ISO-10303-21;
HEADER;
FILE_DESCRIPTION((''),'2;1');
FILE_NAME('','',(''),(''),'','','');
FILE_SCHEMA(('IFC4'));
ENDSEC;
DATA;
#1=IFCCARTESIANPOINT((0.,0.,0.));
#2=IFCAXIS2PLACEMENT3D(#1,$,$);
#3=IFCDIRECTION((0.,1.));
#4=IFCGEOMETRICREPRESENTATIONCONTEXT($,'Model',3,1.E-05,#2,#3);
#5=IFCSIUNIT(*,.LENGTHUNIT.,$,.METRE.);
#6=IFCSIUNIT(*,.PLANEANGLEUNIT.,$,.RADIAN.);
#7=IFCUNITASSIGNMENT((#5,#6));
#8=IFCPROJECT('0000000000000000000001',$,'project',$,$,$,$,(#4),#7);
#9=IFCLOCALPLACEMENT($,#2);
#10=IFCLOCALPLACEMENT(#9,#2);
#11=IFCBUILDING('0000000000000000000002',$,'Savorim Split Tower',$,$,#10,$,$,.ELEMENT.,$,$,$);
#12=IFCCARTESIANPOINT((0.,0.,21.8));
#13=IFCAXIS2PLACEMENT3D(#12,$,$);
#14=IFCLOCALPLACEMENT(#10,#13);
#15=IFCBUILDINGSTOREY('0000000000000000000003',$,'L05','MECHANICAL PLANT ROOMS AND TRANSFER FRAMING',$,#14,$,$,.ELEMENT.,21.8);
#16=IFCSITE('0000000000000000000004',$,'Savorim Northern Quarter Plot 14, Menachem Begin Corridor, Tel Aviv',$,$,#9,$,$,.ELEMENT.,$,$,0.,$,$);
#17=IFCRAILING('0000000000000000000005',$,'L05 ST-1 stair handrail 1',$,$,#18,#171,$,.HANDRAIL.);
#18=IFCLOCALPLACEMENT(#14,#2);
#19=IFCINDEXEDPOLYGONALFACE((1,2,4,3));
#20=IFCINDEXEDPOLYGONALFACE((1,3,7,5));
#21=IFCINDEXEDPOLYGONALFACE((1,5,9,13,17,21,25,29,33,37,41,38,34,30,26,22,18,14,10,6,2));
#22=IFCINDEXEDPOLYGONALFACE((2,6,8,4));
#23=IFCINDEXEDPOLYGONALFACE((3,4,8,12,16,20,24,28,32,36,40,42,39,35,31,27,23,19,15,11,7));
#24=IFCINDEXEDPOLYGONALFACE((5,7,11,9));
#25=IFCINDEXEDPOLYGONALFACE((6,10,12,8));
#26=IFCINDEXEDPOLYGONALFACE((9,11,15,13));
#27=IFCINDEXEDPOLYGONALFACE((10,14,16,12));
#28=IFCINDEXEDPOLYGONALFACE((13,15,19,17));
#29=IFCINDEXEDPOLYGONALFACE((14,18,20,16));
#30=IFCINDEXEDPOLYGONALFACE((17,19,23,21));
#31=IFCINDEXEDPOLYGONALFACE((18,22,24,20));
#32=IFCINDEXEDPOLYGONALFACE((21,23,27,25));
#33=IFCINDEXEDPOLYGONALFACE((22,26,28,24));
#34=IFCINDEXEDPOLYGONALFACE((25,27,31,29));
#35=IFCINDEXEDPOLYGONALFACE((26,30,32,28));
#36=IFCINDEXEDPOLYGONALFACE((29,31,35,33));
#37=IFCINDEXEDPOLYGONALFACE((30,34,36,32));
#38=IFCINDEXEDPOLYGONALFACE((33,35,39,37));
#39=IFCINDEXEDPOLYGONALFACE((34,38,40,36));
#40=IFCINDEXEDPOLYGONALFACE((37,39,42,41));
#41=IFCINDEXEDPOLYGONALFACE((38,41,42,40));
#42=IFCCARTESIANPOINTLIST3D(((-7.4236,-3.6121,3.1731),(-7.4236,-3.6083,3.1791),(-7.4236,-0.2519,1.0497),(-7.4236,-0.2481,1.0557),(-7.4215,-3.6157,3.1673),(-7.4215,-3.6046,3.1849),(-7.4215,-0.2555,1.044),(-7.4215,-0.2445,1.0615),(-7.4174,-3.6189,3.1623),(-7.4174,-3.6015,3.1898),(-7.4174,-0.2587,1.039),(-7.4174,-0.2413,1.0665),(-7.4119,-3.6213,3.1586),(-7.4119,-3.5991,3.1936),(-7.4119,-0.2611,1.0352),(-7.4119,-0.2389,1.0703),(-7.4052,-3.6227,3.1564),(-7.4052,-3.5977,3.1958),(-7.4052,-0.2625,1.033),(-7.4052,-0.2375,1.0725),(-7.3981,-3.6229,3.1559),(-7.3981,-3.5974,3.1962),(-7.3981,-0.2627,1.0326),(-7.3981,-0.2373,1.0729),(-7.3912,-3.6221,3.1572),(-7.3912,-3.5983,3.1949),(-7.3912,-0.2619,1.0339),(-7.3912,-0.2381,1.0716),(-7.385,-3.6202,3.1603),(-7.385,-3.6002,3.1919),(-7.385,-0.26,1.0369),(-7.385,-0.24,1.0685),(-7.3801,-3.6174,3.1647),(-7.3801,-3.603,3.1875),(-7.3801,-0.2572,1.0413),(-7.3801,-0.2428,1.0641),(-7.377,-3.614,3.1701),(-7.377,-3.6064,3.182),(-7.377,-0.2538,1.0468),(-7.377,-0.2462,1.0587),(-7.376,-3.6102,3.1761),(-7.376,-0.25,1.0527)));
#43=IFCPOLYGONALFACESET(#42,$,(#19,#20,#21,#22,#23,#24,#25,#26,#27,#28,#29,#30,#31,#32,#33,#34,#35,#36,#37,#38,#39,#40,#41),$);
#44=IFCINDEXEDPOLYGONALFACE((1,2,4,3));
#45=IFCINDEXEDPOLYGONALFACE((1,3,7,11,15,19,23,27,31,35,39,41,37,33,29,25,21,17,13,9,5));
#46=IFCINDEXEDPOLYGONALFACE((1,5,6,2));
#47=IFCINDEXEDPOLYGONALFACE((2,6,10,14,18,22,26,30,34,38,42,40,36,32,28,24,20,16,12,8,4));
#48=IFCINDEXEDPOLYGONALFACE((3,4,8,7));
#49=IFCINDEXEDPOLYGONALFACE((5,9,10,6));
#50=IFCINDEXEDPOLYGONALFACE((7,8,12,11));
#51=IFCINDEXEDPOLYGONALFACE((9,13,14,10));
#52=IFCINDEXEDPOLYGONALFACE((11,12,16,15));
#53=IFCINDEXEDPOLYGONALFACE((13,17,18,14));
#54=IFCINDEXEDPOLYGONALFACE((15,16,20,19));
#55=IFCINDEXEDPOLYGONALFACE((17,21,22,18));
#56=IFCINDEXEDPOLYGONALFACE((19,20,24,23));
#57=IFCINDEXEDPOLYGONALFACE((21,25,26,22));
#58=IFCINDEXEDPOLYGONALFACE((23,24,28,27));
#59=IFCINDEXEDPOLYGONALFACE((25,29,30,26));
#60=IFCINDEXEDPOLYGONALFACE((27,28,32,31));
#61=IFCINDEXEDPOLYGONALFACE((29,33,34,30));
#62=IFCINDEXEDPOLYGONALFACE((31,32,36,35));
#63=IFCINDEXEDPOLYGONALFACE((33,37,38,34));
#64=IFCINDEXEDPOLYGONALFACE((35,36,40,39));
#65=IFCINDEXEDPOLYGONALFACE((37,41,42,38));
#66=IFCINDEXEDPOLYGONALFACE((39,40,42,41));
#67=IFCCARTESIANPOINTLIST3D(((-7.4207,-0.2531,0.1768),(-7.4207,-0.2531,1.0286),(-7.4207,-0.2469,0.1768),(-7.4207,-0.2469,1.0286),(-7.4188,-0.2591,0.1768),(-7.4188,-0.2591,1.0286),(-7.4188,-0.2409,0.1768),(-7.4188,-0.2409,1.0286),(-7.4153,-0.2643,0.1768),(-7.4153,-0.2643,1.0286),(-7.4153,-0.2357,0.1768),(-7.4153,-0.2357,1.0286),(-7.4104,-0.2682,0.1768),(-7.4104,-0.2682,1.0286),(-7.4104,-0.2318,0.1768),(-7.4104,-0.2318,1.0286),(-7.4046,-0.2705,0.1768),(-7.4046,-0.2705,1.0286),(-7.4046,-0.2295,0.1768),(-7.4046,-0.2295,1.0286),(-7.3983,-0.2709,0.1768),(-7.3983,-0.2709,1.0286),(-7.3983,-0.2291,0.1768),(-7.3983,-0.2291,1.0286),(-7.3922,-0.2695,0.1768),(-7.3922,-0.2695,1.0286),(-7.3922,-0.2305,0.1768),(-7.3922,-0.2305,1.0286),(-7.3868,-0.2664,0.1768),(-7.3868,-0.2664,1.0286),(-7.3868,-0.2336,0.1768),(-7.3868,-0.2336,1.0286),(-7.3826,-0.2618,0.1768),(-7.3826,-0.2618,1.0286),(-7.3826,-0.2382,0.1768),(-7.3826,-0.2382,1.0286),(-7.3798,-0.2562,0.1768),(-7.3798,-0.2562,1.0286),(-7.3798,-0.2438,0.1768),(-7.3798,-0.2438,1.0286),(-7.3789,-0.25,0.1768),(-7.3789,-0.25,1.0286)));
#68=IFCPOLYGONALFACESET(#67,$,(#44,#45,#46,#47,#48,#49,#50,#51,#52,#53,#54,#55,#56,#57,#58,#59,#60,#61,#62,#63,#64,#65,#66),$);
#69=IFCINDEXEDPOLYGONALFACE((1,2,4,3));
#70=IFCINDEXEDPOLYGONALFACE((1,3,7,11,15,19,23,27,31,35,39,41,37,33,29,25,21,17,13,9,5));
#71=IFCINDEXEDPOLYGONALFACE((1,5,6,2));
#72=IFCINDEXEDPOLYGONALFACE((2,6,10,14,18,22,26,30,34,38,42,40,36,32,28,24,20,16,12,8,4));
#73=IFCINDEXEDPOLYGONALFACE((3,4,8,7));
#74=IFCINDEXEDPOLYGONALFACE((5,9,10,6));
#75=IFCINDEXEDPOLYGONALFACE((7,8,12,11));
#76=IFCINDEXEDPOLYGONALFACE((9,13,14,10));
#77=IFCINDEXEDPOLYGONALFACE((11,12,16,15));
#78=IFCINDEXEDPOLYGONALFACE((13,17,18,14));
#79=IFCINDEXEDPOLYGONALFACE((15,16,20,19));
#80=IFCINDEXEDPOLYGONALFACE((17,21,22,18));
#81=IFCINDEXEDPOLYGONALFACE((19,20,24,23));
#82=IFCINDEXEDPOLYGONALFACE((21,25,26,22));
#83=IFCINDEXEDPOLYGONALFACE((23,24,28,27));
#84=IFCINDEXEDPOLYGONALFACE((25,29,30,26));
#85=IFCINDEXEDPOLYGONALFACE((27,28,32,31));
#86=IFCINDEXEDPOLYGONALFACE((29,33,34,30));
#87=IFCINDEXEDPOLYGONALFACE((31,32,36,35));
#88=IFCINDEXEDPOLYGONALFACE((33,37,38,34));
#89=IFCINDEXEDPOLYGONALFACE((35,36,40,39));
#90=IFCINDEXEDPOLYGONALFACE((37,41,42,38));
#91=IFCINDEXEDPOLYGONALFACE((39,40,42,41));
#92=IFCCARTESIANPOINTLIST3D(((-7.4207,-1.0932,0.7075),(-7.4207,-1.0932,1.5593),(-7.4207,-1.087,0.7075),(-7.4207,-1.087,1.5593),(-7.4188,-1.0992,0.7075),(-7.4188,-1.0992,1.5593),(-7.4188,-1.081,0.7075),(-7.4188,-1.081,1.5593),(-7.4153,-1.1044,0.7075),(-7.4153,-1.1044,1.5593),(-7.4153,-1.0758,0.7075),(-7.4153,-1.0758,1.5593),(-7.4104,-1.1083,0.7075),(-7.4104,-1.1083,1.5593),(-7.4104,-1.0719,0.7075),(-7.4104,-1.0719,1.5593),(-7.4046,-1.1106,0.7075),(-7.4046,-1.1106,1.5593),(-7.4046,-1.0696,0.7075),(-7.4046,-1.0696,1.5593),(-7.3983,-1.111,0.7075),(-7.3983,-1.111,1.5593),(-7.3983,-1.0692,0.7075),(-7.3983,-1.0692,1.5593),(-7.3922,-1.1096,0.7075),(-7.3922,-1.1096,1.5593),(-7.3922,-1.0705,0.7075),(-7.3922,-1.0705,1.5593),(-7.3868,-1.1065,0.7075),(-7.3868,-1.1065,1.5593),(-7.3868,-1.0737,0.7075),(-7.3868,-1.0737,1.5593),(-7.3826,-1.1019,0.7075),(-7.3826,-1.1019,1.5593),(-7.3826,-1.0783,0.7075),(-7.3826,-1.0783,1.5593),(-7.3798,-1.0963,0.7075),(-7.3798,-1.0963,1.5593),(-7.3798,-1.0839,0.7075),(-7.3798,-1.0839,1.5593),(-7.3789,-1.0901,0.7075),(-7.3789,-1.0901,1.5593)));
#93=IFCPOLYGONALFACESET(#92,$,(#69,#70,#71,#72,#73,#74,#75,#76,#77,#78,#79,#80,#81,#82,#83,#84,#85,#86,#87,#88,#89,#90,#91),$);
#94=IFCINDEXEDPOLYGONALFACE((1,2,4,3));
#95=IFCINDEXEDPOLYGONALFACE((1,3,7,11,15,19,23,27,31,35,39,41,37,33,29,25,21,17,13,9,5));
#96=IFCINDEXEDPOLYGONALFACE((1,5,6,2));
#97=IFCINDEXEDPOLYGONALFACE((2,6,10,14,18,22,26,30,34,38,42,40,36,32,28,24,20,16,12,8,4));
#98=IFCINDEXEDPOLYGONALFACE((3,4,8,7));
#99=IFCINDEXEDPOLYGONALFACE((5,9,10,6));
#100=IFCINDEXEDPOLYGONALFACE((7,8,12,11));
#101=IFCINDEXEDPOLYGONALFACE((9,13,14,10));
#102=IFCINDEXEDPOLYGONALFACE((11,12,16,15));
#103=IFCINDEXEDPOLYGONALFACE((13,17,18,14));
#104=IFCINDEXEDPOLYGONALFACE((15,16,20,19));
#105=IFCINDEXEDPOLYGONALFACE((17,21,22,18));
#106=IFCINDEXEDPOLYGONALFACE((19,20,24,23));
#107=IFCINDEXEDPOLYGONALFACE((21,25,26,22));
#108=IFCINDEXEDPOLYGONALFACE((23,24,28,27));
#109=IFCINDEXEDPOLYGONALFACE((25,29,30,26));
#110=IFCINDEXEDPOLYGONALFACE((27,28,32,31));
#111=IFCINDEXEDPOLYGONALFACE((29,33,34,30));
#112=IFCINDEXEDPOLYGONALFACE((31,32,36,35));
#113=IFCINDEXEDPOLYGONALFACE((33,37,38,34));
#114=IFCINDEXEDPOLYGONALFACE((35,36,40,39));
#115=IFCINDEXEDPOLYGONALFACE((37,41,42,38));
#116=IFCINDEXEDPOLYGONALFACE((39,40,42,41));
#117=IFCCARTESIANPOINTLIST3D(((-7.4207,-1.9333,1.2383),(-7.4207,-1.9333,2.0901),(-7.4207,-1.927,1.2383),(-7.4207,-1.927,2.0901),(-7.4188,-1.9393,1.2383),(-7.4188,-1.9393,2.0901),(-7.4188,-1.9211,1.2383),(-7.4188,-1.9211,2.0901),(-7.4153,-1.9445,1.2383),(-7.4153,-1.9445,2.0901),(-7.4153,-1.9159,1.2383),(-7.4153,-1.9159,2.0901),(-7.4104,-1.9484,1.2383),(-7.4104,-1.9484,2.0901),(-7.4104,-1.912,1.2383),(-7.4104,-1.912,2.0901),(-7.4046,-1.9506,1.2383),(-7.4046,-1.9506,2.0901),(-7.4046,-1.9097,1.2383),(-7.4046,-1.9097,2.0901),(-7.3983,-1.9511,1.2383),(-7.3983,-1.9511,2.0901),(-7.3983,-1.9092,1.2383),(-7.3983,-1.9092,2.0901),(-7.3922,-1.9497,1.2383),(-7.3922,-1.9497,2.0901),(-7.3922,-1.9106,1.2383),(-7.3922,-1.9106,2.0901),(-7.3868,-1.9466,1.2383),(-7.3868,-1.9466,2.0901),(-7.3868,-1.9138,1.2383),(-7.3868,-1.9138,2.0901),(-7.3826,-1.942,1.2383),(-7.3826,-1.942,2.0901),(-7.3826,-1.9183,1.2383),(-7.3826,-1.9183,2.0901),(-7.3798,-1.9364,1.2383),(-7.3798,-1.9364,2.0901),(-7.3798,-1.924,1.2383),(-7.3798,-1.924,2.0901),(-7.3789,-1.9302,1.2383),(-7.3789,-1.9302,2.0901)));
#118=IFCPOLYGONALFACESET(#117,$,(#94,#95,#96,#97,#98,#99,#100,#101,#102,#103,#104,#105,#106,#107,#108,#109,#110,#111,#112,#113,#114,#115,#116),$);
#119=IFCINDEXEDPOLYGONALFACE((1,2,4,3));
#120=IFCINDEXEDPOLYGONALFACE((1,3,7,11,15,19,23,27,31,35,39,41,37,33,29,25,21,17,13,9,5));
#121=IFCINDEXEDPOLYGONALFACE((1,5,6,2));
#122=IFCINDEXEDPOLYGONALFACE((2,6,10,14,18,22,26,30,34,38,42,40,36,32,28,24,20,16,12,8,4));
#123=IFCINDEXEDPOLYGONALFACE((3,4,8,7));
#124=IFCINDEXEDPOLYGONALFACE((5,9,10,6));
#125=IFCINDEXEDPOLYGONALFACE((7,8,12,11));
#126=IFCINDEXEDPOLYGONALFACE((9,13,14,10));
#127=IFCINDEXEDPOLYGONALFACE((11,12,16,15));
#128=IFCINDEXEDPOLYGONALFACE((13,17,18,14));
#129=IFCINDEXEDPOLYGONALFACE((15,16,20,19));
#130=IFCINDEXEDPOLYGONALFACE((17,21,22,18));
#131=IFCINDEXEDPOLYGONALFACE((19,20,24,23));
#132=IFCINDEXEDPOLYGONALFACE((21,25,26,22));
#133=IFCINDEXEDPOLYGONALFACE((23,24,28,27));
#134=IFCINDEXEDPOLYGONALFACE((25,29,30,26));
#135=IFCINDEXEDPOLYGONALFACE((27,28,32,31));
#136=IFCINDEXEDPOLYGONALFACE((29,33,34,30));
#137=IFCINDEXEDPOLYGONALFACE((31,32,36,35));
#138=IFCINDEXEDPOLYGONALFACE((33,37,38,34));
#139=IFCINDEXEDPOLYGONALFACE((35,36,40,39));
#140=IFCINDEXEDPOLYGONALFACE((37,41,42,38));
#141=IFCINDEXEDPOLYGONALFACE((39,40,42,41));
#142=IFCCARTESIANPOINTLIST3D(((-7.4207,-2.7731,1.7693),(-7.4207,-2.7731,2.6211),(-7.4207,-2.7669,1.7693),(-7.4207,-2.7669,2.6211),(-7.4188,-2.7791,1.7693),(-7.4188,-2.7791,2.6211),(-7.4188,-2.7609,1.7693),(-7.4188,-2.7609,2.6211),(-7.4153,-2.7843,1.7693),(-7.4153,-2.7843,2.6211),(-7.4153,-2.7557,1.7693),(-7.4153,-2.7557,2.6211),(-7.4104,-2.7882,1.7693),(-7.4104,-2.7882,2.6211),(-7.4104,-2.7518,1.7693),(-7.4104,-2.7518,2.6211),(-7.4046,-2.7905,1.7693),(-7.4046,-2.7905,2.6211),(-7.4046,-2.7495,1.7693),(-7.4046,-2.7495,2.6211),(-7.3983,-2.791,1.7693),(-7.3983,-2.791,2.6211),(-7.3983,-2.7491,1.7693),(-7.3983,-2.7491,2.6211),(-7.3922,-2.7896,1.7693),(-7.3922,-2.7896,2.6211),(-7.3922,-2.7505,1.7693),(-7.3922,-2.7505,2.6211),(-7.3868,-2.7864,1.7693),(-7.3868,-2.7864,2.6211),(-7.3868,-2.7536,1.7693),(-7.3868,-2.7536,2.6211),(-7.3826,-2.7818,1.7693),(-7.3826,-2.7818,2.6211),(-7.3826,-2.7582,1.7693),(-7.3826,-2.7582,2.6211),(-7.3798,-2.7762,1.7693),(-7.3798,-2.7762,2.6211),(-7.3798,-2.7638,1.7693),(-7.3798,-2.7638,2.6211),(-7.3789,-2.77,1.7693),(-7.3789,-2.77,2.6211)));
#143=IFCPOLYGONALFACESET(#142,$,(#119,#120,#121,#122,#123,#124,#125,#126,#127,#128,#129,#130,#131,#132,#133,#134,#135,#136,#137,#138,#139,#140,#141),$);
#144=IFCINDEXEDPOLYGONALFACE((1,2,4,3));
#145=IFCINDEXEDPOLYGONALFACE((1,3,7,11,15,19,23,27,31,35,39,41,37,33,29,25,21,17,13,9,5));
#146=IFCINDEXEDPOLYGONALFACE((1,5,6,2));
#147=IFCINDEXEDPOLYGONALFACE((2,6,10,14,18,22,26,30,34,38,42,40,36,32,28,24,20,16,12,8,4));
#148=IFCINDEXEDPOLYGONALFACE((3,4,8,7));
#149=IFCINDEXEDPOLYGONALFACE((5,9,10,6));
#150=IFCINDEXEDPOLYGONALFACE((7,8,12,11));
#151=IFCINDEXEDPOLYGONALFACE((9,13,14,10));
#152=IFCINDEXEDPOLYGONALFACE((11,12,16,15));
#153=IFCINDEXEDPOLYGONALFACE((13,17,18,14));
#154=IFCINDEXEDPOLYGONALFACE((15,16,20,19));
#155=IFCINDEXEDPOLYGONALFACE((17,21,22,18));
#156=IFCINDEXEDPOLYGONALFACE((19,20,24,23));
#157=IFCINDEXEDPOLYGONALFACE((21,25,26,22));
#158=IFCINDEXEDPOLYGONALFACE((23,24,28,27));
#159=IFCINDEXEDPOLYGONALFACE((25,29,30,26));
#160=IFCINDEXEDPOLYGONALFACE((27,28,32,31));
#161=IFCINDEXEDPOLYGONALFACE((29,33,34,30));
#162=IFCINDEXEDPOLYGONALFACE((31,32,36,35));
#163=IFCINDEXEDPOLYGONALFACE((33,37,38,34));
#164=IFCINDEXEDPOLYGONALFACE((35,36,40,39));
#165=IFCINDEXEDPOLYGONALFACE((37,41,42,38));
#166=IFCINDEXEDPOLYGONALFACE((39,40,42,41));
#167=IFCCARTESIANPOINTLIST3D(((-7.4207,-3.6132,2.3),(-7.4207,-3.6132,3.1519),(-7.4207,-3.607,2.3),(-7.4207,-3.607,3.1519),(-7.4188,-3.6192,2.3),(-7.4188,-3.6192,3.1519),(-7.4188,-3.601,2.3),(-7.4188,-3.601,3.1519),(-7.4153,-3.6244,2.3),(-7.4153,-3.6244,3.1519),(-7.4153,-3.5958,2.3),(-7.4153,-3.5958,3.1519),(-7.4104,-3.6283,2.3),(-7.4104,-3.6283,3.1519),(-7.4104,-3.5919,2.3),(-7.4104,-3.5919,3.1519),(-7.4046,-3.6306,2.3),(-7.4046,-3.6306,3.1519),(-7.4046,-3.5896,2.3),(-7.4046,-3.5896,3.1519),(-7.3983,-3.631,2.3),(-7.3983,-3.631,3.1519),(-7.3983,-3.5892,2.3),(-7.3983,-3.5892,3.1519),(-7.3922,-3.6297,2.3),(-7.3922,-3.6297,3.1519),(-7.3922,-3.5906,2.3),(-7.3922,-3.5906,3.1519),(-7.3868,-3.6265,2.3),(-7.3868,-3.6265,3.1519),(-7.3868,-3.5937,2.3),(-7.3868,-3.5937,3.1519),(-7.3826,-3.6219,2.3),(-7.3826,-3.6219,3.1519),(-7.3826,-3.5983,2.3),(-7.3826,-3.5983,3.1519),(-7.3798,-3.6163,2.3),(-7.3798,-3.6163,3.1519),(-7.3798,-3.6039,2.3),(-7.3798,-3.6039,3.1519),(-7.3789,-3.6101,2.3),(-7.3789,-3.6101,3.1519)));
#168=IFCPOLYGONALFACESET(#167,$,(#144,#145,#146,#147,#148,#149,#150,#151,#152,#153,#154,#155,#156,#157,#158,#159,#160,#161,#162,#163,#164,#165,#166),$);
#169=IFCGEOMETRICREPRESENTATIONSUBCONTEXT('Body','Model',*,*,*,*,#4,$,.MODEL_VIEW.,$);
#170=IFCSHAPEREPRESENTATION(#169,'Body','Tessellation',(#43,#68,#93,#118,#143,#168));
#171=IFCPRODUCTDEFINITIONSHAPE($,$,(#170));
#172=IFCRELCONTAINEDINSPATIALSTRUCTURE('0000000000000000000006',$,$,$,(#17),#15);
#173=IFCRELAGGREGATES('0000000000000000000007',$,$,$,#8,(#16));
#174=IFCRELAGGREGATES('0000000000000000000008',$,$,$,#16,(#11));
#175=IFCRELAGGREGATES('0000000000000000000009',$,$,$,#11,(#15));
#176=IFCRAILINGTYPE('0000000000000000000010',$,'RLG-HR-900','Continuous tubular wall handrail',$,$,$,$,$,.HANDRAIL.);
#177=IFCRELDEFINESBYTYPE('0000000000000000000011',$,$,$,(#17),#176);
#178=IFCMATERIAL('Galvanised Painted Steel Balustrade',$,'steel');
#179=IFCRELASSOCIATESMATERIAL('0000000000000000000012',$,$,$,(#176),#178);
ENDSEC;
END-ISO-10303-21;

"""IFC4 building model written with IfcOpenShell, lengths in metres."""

from ifc_helpers import new_model, si_unit, direction, frame, origin, origin_2d, place, context, subcontext, project, spatial, circle, extrude, material, type_object, element, save


model = new_model("IFC4")

# Units and contexts
model_context = context("Model", 3, precision=1e-05, world=origin(), true_north=direction((0.0, 1.0)))
body_context = subcontext(model_context, "Body", "Model", "MODEL_VIEW")
ifc_project = project(units=[si_unit("LENGTHUNIT", "METRE"), si_unit("PLANEANGLEUNIT", "RADIAN")], contexts=[model_context])

# Site, building, storey
site_placement = place(None, origin())
site = spatial("IfcSite", under=ifc_project, at=site_placement, Name="Savorim Northern Quarter Plot 14, Menachem Begin Corridor, Tel Aviv", CompositionType="ELEMENT", RefElevation=0.0)
building_placement = place(site_placement, origin())
building = spatial("IfcBuilding", under=site, at=building_placement, Name="Savorim Split Tower", CompositionType="ELEMENT")
storey_placement = place(building_placement, frame((0.0, 0.0, 21.8)))
storey = spatial("IfcBuildingStorey", under=building, at=storey_placement, Name="L05", Description="MECHANICAL PLANT ROOMS AND TRANSFER FRAMING", CompositionType="ELEMENT", Elevation=21.8)

# Railing
ifc_material_1 = material(Name="Galvanised Painted Steel Balustrade", Category="steel")
railing_type_1 = type_object("IfcRailingType", Name="RLG-HR-900", Description="Continuous tubular wall handrail", PredefinedType="HANDRAIL", material=ifc_material_1)
railing_1_placement = place(storey_placement, frame((-7.3999, -0.25, 0.1768)))
element("IfcRailing", 1, at=railing_1_placement, inside=storey, type_object=railing_type_1, Name="L05 ST-1 stair handrail 1", PredefinedType="HANDRAIL", context=body_context, shape_type="SweptSolid", body=[
    extrude(circle(Radius=0.0239, at=origin_2d()), frame((0.0, 0.0, 0.876), z_axis=(0.0, -0.845362, 0.534194), x_axis=(1.0, 0.0, 0.0)), (0.0, 0.0, 1.0), 3.9749),
    extrude(circle(Radius=0.021, at=origin_2d()), origin(), (0.0, 0.0, 1.0), 0.8518),
    extrude(circle(Radius=0.021, at=origin_2d()), frame((0.0, -0.8401, 0.5308)), (0.0, 0.0, 1.0), 0.8518),
    extrude(circle(Radius=0.021, at=origin_2d()), frame((0.0, -1.6802, 1.0615)), (0.0, 0.0, 1.0), 0.8518),
    extrude(circle(Radius=0.021, at=origin_2d()), frame((0.0, -2.52, 1.5925)), (0.0, 0.0, 1.0), 0.8518),
    extrude(circle(Radius=0.021, at=origin_2d()), frame((0.0, -3.3601, 2.1233)), (0.0, 0.0, 1.0), 0.8518),
])

save(model, "model.ifc")
